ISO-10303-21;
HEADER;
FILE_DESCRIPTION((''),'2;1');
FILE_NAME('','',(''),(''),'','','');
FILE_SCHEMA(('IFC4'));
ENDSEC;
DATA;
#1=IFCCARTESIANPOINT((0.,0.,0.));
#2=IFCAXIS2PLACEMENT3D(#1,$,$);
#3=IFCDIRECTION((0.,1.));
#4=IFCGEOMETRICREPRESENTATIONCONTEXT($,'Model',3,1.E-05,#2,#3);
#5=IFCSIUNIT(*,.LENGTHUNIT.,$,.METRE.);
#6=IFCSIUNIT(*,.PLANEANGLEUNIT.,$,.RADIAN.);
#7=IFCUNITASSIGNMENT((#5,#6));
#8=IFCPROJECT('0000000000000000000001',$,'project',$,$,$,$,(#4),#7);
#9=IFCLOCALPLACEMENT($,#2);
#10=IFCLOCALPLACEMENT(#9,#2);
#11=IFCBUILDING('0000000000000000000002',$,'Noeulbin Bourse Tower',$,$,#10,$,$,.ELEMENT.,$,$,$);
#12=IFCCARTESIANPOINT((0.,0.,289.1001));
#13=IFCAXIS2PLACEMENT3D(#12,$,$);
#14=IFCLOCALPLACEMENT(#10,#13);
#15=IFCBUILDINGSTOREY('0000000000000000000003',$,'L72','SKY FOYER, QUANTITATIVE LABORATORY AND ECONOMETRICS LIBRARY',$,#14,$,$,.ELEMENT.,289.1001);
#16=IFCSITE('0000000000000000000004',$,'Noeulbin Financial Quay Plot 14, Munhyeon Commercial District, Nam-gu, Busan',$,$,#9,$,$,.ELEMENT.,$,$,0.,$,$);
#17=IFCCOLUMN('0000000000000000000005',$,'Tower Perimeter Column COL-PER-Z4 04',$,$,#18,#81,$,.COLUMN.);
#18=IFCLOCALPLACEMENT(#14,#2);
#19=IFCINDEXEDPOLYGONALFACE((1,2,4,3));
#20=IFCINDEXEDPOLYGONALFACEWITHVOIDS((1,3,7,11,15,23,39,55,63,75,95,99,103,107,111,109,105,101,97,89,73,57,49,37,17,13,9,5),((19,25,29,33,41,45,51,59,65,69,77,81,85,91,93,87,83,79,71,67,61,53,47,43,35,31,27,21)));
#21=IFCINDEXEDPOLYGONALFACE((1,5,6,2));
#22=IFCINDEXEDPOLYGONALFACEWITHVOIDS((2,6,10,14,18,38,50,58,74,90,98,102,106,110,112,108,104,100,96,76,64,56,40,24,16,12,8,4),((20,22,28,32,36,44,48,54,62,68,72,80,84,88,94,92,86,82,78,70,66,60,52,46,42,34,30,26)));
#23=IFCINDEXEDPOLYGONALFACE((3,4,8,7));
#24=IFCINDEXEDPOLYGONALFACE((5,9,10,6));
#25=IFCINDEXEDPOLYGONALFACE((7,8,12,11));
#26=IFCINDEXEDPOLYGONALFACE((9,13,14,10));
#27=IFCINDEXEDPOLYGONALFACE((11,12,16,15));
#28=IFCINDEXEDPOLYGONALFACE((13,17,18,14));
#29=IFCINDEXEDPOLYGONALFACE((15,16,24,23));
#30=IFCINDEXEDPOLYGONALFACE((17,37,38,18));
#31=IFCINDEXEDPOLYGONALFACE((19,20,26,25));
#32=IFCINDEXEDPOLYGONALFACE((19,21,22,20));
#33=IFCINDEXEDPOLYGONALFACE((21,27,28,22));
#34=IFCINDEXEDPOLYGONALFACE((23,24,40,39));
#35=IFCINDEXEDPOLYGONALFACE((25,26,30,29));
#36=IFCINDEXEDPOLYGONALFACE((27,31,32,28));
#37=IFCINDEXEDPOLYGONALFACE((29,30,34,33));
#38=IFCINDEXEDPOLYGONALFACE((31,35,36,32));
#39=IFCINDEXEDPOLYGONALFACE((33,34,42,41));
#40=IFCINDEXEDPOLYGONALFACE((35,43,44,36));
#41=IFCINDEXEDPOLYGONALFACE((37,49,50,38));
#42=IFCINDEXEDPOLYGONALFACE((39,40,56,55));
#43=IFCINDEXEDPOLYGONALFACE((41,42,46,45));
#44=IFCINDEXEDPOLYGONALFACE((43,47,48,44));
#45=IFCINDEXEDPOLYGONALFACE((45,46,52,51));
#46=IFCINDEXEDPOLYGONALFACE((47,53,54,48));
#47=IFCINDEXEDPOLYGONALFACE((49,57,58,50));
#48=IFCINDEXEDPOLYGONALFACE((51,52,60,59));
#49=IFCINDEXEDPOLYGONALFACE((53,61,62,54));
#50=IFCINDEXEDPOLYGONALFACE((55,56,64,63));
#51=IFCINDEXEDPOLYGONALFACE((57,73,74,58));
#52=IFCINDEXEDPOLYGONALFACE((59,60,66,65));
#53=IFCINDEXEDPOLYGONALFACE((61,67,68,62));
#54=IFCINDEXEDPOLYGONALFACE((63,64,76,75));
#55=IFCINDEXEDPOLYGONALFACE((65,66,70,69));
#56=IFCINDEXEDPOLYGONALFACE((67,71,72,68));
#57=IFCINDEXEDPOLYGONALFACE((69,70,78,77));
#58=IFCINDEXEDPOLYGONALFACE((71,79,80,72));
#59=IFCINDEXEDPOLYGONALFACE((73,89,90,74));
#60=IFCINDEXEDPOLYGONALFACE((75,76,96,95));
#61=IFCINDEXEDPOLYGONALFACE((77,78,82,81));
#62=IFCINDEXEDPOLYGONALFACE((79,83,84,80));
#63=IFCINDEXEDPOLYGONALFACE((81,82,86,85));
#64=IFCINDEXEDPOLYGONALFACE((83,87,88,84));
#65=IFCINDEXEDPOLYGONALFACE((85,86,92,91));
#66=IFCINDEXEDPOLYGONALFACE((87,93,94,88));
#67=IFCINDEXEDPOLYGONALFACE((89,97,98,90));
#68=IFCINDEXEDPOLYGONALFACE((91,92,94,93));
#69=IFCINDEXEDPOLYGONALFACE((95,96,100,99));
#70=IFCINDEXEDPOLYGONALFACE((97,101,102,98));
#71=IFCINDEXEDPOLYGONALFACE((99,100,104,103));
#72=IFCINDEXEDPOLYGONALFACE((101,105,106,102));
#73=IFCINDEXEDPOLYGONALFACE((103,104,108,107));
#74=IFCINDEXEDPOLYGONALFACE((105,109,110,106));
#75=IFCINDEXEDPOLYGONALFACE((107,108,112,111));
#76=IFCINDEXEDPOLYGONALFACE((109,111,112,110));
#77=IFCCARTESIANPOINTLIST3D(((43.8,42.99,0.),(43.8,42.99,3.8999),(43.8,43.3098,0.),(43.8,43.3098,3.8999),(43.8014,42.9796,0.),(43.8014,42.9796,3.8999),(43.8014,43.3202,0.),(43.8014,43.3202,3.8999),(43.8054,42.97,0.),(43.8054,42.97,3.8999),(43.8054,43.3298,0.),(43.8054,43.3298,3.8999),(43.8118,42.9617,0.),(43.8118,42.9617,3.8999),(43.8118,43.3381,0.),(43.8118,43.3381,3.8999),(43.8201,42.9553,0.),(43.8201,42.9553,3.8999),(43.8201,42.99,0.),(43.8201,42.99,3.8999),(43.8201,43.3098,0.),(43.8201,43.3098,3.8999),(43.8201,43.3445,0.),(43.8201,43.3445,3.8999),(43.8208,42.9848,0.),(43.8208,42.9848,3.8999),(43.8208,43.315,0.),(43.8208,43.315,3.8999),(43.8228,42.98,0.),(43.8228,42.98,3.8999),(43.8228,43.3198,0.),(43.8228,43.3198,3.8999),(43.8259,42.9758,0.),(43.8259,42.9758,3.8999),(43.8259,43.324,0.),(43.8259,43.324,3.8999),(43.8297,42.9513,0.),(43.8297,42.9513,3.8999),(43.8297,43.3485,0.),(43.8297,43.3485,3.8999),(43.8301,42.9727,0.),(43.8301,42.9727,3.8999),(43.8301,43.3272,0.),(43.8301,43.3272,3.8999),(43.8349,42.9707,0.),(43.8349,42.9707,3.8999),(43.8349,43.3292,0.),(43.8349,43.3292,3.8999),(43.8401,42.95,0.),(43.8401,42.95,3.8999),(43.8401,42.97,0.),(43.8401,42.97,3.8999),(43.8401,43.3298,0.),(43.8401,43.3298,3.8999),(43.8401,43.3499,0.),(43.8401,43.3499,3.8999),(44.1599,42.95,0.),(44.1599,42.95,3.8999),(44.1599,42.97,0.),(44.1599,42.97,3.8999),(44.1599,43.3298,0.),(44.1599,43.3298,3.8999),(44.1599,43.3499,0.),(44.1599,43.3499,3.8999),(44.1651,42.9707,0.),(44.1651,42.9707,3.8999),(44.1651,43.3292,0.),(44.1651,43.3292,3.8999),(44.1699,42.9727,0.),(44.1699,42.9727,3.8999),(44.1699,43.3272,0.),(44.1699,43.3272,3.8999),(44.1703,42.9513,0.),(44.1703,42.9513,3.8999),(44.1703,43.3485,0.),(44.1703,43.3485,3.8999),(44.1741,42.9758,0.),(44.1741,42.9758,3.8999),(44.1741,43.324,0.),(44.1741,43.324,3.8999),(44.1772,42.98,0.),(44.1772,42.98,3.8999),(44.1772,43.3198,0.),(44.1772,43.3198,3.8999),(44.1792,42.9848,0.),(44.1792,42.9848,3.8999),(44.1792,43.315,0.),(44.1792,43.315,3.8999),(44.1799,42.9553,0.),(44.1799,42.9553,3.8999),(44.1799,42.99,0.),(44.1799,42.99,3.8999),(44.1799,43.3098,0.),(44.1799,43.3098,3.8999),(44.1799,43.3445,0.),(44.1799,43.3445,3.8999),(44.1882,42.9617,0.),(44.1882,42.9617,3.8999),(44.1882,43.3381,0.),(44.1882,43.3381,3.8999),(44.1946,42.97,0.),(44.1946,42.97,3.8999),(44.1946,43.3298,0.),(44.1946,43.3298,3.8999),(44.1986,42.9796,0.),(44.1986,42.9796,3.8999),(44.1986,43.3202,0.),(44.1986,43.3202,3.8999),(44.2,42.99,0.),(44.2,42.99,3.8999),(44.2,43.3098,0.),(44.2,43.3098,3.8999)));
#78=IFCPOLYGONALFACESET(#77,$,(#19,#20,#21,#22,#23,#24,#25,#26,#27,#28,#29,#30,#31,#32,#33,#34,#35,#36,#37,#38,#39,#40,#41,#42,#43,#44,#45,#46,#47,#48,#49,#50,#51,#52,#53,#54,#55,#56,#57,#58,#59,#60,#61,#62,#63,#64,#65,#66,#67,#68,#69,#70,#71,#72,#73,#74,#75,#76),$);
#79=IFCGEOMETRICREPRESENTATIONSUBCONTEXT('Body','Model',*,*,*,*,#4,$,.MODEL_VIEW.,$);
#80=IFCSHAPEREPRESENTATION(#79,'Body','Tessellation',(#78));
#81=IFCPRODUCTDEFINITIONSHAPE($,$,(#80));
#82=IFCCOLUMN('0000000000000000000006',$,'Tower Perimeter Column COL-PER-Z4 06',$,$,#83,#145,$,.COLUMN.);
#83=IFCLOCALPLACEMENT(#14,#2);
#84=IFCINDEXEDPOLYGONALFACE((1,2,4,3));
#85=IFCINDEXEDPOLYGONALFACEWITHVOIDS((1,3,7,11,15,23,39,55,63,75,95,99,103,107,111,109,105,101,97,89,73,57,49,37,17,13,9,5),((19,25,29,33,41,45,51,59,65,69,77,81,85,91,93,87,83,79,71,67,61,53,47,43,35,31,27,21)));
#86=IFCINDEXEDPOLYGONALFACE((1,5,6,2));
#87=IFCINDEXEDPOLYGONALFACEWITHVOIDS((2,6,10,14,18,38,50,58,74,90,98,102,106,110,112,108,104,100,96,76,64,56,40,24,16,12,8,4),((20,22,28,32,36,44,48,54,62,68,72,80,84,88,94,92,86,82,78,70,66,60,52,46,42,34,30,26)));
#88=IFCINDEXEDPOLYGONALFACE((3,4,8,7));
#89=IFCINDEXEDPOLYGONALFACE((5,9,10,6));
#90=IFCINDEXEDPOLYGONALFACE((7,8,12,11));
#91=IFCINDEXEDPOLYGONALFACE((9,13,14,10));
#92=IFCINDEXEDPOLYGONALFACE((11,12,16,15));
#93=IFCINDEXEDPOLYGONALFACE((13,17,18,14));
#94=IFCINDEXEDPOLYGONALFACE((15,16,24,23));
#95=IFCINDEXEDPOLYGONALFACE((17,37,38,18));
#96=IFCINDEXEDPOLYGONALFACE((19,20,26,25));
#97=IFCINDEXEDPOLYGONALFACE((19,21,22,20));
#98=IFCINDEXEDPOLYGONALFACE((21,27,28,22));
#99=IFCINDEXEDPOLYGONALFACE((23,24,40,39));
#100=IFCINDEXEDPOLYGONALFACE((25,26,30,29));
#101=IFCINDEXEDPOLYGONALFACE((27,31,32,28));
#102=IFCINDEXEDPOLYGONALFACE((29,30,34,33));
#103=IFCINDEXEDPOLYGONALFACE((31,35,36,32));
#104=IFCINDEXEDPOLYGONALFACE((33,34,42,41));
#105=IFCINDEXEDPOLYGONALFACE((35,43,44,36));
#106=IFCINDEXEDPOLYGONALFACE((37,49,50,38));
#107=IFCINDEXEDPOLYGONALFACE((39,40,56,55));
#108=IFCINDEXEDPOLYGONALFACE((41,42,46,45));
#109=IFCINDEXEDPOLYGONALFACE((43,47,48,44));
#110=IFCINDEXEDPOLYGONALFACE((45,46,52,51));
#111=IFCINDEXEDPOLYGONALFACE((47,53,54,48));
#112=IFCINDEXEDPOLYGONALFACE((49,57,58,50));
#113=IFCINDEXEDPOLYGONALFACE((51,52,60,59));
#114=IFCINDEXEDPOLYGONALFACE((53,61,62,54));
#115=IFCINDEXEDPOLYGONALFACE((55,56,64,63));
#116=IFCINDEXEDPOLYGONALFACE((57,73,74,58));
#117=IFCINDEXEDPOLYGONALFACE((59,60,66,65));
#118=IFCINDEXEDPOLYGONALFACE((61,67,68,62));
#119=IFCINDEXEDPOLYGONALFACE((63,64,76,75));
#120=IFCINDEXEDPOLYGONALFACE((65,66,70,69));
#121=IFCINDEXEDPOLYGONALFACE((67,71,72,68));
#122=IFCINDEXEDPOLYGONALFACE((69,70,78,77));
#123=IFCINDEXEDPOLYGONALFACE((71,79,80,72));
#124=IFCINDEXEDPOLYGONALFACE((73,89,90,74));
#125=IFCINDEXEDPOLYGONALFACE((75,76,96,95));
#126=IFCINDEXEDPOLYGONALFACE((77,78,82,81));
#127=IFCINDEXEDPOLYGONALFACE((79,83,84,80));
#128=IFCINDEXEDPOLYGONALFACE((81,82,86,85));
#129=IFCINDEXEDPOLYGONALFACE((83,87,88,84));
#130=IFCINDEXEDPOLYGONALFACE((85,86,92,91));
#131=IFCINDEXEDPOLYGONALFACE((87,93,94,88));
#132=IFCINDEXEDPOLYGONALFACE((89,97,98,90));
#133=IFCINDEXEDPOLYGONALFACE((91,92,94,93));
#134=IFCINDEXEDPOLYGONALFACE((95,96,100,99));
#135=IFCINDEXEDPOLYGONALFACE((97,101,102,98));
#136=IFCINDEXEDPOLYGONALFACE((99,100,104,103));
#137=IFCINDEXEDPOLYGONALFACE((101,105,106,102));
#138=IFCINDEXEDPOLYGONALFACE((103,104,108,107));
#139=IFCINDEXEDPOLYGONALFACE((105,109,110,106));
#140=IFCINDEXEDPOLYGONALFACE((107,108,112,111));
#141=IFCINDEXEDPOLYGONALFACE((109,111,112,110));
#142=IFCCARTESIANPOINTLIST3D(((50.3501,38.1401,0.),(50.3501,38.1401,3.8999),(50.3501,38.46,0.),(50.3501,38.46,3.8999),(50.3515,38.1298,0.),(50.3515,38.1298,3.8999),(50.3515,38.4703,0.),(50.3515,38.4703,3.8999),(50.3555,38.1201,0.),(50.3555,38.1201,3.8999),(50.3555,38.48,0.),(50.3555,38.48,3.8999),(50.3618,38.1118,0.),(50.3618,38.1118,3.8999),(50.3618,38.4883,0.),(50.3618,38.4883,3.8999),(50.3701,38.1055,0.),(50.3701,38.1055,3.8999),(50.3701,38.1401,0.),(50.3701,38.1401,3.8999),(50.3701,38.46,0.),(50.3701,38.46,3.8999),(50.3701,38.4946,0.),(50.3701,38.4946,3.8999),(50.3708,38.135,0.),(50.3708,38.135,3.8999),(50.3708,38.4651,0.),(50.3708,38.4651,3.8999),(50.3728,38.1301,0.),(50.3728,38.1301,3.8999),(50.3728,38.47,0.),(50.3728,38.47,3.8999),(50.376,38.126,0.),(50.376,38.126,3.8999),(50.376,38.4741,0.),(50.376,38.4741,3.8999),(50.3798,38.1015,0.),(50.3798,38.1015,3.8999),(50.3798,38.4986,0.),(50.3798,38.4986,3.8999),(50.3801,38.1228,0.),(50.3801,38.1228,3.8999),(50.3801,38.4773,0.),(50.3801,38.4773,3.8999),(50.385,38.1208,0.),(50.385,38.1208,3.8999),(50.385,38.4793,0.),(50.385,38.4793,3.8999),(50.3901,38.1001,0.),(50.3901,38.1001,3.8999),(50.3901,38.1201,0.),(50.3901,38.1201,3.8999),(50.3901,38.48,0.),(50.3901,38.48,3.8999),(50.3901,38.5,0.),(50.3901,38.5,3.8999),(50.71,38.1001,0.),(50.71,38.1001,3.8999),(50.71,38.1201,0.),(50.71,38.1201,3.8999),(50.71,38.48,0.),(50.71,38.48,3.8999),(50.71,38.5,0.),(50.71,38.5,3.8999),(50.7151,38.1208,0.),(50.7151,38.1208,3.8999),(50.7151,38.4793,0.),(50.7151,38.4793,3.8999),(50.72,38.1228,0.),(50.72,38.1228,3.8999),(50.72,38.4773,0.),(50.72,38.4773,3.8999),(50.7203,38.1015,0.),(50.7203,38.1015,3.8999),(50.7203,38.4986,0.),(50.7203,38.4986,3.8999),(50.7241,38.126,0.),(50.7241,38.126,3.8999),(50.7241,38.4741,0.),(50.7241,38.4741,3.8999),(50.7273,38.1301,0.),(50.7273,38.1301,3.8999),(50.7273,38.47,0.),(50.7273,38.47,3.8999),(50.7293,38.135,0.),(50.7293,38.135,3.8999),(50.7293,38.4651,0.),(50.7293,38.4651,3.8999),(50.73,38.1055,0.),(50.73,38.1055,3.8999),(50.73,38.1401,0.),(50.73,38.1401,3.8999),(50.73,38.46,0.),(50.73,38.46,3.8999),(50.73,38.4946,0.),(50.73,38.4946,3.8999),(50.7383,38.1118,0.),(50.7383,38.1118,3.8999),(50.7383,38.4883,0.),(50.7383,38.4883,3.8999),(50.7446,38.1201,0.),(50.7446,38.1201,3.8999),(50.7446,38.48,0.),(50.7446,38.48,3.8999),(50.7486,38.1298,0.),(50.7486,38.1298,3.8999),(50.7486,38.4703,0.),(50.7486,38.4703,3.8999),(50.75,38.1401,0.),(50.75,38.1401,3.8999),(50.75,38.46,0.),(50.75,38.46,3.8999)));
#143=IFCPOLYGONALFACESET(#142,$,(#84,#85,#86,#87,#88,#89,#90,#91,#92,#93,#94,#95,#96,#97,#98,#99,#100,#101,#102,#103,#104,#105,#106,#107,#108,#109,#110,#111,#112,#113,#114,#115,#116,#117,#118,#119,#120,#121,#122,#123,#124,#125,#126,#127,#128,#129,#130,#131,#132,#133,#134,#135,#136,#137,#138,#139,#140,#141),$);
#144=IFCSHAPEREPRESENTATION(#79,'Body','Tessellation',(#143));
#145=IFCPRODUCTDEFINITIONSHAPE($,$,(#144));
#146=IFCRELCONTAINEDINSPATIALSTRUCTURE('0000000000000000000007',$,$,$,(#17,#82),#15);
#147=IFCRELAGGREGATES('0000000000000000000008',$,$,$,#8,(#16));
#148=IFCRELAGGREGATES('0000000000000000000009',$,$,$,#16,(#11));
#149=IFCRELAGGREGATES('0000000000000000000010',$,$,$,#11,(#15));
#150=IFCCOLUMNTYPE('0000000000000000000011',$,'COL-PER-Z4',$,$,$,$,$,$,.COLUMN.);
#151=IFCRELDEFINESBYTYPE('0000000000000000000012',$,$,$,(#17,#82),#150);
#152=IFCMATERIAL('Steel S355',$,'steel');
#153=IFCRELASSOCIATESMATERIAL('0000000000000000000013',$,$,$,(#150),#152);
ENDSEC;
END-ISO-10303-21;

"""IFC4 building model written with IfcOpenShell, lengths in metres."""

from ifc_helpers import new_model, si_unit, direction, frame, origin, origin_2d, place, context, subcontext, project, spatial, hollow_rectangle, extrude, material, material_profile, profile_set, type_object, element, save


model = new_model("IFC4")

# Units and contexts
model_context = context("Model", 3, precision=1e-05, world=origin(), true_north=direction((0.0, 1.0)))
body_context = subcontext(model_context, "Body", "Model", "MODEL_VIEW")
ifc_project = project(units=[si_unit("LENGTHUNIT", "METRE"), si_unit("PLANEANGLEUNIT", "RADIAN")], contexts=[model_context])

# Site, building, storey
site_placement = place(None, origin())
site = spatial("IfcSite", under=ifc_project, at=site_placement, Name="Noeulbin Financial Quay Plot 14, Munhyeon Commercial District, Nam-gu, Busan", CompositionType="ELEMENT", RefElevation=0.0)
building_placement = place(site_placement, origin())
building = spatial("IfcBuilding", under=site, at=building_placement, Name="Noeulbin Bourse Tower", CompositionType="ELEMENT")
storey_placement = place(building_placement, frame((0.0, 0.0, 289.1001)))
storey = spatial("IfcBuildingStorey", under=building, at=storey_placement, Name="L72", Description="SKY FOYER, QUANTITATIVE LABORATORY AND ECONOMETRICS LIBRARY", CompositionType="ELEMENT", Elevation=289.1001)

# Columns
ifc_material_1 = material(Name="Steel S355", Category="steel")
ifc_material_profile_1 = material_profile(ifc_material_1, hollow_rectangle(XDim=0.3999, YDim=0.3999, WallThickness=0.02, InnerFilletRadius=0.02, OuterFilletRadius=0.04, at=origin_2d()), Name="SHS-400x400x20", Category="LoadBearing")
ifc_profile_set_1 = profile_set([ifc_material_profile_1], Name="Steel S355")
column_type_1 = type_object("IfcColumnType", Name="COL-PER-Z4", PredefinedType="COLUMN", material=ifc_profile_set_1)
for number, where, z_axis, x_axis, name in (
    (1, (44.0, 43.1499, 0.0), (0.0, 0.0, 1.0), (1.0, 0.0, 0.0), "Tower Perimeter Column COL-PER-Z4 04"),
    (2, (50.55, 38.3, 0.0), (0.0, 0.0, 1.0), (1.0, 0.0, 0.0), "Tower Perimeter Column COL-PER-Z4 06"),
):
    element("IfcColumn", number, at=place(storey_placement, frame(where, z_axis=z_axis, x_axis=x_axis)), inside=storey, type_object=column_type_1, Name=name, PredefinedType="COLUMN", context=body_context, shape_type="SweptSolid", body=[
        extrude(hollow_rectangle(XDim=0.3999, YDim=0.3999, WallThickness=0.02, InnerFilletRadius=0.02, OuterFilletRadius=0.04, at=origin_2d()), origin(), (0.0, 0.0, 1.0), 3.8999),
    ])

save(model, "model.ifc")
